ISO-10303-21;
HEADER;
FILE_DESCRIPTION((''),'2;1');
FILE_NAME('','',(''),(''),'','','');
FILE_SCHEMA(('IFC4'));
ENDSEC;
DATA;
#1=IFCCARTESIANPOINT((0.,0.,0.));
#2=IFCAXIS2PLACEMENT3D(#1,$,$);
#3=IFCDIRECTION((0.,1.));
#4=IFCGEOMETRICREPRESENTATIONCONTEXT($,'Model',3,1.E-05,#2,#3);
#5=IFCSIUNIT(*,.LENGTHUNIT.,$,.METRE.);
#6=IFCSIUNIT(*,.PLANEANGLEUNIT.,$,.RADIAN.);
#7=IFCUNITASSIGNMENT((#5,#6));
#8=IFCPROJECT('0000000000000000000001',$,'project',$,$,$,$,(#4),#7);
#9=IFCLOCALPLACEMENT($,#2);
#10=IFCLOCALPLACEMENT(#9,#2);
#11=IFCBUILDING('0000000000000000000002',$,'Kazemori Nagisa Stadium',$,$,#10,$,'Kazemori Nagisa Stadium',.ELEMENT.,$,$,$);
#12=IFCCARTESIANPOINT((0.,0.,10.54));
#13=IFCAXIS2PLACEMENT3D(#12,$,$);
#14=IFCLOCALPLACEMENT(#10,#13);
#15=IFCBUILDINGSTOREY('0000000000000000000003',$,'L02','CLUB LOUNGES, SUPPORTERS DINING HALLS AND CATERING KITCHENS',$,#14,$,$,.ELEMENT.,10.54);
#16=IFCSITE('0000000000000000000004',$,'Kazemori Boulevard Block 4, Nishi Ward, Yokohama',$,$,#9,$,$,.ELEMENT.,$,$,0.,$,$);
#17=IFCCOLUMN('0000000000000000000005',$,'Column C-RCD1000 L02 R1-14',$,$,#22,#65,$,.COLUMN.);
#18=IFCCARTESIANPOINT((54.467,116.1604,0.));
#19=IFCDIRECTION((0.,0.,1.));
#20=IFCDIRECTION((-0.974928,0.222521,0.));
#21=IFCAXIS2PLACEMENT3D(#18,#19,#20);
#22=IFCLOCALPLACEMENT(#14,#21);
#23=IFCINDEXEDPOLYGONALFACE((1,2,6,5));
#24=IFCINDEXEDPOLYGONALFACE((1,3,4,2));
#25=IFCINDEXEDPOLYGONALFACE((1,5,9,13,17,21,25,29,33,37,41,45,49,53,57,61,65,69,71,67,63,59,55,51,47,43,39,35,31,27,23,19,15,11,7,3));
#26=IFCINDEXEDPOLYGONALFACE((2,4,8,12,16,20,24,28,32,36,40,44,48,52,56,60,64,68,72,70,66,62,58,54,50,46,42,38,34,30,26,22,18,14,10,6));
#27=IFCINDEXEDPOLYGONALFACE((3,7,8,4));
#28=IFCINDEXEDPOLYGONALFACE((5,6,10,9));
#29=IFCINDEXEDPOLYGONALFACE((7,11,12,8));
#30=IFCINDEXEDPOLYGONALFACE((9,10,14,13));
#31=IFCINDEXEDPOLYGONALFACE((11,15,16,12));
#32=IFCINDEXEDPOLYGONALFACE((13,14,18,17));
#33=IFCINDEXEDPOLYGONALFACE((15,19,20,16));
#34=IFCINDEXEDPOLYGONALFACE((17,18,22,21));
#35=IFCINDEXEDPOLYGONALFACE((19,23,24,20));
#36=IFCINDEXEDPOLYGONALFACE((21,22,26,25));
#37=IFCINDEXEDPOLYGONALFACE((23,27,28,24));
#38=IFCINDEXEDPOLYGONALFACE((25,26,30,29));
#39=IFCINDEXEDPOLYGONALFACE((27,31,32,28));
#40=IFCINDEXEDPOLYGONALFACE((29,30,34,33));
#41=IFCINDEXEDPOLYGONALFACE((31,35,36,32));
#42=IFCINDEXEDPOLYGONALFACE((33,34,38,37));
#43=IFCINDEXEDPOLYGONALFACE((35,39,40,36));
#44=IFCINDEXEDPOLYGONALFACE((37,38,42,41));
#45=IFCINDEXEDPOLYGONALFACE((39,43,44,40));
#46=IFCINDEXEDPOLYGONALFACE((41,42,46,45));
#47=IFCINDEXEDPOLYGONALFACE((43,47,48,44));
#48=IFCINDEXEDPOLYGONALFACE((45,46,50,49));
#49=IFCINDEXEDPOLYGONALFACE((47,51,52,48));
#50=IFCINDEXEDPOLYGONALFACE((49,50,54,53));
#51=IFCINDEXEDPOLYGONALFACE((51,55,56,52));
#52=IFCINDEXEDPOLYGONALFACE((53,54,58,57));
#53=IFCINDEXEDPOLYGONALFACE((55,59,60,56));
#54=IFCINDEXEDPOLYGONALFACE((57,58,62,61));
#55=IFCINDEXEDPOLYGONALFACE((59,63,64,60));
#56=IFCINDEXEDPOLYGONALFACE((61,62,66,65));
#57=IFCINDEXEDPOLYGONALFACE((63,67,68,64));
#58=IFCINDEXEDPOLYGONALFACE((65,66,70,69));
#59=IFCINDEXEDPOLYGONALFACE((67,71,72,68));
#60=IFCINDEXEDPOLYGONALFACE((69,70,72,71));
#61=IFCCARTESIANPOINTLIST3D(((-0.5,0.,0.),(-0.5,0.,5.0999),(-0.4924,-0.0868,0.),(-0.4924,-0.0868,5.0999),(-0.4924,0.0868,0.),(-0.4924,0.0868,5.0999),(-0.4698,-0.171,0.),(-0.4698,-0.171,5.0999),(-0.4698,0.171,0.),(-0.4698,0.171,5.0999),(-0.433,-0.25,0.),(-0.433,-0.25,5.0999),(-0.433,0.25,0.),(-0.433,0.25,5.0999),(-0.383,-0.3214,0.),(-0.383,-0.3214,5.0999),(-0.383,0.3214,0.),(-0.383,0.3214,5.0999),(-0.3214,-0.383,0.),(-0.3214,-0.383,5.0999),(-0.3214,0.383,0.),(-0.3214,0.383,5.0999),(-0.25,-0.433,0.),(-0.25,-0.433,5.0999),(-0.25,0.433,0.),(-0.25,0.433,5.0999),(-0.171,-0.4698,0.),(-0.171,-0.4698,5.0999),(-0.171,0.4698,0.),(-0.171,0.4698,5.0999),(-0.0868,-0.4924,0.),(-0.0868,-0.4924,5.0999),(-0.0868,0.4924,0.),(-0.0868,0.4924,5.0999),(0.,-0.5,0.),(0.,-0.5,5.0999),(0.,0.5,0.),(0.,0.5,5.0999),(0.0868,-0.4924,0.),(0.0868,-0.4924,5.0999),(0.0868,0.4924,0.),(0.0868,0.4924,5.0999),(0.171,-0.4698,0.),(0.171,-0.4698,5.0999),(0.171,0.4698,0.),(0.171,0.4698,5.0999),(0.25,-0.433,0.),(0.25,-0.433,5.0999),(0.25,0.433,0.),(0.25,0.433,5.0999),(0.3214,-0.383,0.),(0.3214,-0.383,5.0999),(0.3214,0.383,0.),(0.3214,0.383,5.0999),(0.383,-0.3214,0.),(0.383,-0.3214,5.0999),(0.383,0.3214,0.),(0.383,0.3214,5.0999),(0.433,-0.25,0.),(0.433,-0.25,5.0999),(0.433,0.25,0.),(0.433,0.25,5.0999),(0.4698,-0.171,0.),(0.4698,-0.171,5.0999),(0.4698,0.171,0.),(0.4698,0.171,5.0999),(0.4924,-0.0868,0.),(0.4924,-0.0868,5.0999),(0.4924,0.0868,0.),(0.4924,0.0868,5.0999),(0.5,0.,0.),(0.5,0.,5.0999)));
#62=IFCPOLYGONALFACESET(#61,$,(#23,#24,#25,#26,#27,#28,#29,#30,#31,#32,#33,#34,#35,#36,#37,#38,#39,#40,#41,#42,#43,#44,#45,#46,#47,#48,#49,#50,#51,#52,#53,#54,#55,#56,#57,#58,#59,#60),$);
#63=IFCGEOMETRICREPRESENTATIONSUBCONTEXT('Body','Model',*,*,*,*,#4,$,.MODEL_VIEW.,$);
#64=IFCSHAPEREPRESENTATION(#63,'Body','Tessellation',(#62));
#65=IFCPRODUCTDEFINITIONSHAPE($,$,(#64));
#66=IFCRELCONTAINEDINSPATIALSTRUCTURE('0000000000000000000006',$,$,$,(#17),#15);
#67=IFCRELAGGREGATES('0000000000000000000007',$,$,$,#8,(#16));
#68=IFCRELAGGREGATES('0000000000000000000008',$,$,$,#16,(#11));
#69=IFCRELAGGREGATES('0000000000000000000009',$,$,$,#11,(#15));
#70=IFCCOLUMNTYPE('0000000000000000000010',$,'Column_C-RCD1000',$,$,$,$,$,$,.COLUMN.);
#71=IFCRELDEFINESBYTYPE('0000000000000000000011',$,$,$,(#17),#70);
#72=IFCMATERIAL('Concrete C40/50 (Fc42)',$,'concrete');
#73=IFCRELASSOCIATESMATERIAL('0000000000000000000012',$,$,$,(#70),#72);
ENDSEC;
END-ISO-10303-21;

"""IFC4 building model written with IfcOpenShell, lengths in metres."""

from ifc_helpers import new_model, si_unit, direction, frame, origin, origin_2d, place, context, subcontext, project, spatial, circle, extrude, material, material_profile, profile_set, type_object, element, save


model = new_model("IFC4")

# Units and contexts
model_context = context("Model", 3, precision=1e-05, world=origin(), true_north=direction((0.0, 1.0)))
body_context = subcontext(model_context, "Body", "Model", "MODEL_VIEW")
ifc_project = project(units=[si_unit("LENGTHUNIT", "METRE"), si_unit("PLANEANGLEUNIT", "RADIAN")], contexts=[model_context])

# Site, building, storey
site_placement = place(None, origin())
site = spatial("IfcSite", under=ifc_project, at=site_placement, Name="Kazemori Boulevard Block 4, Nishi Ward, Yokohama", CompositionType="ELEMENT", RefElevation=0.0)
building_placement = place(site_placement, origin())
building = spatial("IfcBuilding", under=site, at=building_placement, Name="Kazemori Nagisa Stadium", LongName="Kazemori Nagisa Stadium", CompositionType="ELEMENT")
storey_placement = place(building_placement, frame((0.0, 0.0, 10.54)))
storey = spatial("IfcBuildingStorey", under=building, at=storey_placement, Name="L02", Description="CLUB LOUNGES, SUPPORTERS DINING HALLS AND CATERING KITCHENS", CompositionType="ELEMENT", Elevation=10.54)

# Column
ifc_material_1 = material(Name="Concrete C40/50 (Fc42)", Category="concrete")
ifc_material_profile_1 = material_profile(ifc_material_1, circle(Radius=0.5, at=origin_2d()), Name="RC-COL-D1000")
ifc_profile_set_1 = profile_set([ifc_material_profile_1], Name="Concrete C40/50 (Fc42)")
column_type = type_object("IfcColumnType", Name="Column_C-RCD1000", PredefinedType="COLUMN", material=ifc_profile_set_1)
column_placement = place(storey_placement, frame((54.467, 116.1604, 0.0), z_axis=(0.0, 0.0, 1.0), x_axis=(-0.974928, 0.222521, 0.0)))
element("IfcColumn", 1, at=column_placement, inside=storey, type_object=column_type, Name="Column C-RCD1000 L02 R1-14", PredefinedType="COLUMN", context=body_context, shape_type="SweptSolid", body=[
    extrude(circle(Radius=0.5, at=origin_2d()), origin(), (0.0, 0.0, 1.0), 5.0999),
])

save(model, "model.ifc")
